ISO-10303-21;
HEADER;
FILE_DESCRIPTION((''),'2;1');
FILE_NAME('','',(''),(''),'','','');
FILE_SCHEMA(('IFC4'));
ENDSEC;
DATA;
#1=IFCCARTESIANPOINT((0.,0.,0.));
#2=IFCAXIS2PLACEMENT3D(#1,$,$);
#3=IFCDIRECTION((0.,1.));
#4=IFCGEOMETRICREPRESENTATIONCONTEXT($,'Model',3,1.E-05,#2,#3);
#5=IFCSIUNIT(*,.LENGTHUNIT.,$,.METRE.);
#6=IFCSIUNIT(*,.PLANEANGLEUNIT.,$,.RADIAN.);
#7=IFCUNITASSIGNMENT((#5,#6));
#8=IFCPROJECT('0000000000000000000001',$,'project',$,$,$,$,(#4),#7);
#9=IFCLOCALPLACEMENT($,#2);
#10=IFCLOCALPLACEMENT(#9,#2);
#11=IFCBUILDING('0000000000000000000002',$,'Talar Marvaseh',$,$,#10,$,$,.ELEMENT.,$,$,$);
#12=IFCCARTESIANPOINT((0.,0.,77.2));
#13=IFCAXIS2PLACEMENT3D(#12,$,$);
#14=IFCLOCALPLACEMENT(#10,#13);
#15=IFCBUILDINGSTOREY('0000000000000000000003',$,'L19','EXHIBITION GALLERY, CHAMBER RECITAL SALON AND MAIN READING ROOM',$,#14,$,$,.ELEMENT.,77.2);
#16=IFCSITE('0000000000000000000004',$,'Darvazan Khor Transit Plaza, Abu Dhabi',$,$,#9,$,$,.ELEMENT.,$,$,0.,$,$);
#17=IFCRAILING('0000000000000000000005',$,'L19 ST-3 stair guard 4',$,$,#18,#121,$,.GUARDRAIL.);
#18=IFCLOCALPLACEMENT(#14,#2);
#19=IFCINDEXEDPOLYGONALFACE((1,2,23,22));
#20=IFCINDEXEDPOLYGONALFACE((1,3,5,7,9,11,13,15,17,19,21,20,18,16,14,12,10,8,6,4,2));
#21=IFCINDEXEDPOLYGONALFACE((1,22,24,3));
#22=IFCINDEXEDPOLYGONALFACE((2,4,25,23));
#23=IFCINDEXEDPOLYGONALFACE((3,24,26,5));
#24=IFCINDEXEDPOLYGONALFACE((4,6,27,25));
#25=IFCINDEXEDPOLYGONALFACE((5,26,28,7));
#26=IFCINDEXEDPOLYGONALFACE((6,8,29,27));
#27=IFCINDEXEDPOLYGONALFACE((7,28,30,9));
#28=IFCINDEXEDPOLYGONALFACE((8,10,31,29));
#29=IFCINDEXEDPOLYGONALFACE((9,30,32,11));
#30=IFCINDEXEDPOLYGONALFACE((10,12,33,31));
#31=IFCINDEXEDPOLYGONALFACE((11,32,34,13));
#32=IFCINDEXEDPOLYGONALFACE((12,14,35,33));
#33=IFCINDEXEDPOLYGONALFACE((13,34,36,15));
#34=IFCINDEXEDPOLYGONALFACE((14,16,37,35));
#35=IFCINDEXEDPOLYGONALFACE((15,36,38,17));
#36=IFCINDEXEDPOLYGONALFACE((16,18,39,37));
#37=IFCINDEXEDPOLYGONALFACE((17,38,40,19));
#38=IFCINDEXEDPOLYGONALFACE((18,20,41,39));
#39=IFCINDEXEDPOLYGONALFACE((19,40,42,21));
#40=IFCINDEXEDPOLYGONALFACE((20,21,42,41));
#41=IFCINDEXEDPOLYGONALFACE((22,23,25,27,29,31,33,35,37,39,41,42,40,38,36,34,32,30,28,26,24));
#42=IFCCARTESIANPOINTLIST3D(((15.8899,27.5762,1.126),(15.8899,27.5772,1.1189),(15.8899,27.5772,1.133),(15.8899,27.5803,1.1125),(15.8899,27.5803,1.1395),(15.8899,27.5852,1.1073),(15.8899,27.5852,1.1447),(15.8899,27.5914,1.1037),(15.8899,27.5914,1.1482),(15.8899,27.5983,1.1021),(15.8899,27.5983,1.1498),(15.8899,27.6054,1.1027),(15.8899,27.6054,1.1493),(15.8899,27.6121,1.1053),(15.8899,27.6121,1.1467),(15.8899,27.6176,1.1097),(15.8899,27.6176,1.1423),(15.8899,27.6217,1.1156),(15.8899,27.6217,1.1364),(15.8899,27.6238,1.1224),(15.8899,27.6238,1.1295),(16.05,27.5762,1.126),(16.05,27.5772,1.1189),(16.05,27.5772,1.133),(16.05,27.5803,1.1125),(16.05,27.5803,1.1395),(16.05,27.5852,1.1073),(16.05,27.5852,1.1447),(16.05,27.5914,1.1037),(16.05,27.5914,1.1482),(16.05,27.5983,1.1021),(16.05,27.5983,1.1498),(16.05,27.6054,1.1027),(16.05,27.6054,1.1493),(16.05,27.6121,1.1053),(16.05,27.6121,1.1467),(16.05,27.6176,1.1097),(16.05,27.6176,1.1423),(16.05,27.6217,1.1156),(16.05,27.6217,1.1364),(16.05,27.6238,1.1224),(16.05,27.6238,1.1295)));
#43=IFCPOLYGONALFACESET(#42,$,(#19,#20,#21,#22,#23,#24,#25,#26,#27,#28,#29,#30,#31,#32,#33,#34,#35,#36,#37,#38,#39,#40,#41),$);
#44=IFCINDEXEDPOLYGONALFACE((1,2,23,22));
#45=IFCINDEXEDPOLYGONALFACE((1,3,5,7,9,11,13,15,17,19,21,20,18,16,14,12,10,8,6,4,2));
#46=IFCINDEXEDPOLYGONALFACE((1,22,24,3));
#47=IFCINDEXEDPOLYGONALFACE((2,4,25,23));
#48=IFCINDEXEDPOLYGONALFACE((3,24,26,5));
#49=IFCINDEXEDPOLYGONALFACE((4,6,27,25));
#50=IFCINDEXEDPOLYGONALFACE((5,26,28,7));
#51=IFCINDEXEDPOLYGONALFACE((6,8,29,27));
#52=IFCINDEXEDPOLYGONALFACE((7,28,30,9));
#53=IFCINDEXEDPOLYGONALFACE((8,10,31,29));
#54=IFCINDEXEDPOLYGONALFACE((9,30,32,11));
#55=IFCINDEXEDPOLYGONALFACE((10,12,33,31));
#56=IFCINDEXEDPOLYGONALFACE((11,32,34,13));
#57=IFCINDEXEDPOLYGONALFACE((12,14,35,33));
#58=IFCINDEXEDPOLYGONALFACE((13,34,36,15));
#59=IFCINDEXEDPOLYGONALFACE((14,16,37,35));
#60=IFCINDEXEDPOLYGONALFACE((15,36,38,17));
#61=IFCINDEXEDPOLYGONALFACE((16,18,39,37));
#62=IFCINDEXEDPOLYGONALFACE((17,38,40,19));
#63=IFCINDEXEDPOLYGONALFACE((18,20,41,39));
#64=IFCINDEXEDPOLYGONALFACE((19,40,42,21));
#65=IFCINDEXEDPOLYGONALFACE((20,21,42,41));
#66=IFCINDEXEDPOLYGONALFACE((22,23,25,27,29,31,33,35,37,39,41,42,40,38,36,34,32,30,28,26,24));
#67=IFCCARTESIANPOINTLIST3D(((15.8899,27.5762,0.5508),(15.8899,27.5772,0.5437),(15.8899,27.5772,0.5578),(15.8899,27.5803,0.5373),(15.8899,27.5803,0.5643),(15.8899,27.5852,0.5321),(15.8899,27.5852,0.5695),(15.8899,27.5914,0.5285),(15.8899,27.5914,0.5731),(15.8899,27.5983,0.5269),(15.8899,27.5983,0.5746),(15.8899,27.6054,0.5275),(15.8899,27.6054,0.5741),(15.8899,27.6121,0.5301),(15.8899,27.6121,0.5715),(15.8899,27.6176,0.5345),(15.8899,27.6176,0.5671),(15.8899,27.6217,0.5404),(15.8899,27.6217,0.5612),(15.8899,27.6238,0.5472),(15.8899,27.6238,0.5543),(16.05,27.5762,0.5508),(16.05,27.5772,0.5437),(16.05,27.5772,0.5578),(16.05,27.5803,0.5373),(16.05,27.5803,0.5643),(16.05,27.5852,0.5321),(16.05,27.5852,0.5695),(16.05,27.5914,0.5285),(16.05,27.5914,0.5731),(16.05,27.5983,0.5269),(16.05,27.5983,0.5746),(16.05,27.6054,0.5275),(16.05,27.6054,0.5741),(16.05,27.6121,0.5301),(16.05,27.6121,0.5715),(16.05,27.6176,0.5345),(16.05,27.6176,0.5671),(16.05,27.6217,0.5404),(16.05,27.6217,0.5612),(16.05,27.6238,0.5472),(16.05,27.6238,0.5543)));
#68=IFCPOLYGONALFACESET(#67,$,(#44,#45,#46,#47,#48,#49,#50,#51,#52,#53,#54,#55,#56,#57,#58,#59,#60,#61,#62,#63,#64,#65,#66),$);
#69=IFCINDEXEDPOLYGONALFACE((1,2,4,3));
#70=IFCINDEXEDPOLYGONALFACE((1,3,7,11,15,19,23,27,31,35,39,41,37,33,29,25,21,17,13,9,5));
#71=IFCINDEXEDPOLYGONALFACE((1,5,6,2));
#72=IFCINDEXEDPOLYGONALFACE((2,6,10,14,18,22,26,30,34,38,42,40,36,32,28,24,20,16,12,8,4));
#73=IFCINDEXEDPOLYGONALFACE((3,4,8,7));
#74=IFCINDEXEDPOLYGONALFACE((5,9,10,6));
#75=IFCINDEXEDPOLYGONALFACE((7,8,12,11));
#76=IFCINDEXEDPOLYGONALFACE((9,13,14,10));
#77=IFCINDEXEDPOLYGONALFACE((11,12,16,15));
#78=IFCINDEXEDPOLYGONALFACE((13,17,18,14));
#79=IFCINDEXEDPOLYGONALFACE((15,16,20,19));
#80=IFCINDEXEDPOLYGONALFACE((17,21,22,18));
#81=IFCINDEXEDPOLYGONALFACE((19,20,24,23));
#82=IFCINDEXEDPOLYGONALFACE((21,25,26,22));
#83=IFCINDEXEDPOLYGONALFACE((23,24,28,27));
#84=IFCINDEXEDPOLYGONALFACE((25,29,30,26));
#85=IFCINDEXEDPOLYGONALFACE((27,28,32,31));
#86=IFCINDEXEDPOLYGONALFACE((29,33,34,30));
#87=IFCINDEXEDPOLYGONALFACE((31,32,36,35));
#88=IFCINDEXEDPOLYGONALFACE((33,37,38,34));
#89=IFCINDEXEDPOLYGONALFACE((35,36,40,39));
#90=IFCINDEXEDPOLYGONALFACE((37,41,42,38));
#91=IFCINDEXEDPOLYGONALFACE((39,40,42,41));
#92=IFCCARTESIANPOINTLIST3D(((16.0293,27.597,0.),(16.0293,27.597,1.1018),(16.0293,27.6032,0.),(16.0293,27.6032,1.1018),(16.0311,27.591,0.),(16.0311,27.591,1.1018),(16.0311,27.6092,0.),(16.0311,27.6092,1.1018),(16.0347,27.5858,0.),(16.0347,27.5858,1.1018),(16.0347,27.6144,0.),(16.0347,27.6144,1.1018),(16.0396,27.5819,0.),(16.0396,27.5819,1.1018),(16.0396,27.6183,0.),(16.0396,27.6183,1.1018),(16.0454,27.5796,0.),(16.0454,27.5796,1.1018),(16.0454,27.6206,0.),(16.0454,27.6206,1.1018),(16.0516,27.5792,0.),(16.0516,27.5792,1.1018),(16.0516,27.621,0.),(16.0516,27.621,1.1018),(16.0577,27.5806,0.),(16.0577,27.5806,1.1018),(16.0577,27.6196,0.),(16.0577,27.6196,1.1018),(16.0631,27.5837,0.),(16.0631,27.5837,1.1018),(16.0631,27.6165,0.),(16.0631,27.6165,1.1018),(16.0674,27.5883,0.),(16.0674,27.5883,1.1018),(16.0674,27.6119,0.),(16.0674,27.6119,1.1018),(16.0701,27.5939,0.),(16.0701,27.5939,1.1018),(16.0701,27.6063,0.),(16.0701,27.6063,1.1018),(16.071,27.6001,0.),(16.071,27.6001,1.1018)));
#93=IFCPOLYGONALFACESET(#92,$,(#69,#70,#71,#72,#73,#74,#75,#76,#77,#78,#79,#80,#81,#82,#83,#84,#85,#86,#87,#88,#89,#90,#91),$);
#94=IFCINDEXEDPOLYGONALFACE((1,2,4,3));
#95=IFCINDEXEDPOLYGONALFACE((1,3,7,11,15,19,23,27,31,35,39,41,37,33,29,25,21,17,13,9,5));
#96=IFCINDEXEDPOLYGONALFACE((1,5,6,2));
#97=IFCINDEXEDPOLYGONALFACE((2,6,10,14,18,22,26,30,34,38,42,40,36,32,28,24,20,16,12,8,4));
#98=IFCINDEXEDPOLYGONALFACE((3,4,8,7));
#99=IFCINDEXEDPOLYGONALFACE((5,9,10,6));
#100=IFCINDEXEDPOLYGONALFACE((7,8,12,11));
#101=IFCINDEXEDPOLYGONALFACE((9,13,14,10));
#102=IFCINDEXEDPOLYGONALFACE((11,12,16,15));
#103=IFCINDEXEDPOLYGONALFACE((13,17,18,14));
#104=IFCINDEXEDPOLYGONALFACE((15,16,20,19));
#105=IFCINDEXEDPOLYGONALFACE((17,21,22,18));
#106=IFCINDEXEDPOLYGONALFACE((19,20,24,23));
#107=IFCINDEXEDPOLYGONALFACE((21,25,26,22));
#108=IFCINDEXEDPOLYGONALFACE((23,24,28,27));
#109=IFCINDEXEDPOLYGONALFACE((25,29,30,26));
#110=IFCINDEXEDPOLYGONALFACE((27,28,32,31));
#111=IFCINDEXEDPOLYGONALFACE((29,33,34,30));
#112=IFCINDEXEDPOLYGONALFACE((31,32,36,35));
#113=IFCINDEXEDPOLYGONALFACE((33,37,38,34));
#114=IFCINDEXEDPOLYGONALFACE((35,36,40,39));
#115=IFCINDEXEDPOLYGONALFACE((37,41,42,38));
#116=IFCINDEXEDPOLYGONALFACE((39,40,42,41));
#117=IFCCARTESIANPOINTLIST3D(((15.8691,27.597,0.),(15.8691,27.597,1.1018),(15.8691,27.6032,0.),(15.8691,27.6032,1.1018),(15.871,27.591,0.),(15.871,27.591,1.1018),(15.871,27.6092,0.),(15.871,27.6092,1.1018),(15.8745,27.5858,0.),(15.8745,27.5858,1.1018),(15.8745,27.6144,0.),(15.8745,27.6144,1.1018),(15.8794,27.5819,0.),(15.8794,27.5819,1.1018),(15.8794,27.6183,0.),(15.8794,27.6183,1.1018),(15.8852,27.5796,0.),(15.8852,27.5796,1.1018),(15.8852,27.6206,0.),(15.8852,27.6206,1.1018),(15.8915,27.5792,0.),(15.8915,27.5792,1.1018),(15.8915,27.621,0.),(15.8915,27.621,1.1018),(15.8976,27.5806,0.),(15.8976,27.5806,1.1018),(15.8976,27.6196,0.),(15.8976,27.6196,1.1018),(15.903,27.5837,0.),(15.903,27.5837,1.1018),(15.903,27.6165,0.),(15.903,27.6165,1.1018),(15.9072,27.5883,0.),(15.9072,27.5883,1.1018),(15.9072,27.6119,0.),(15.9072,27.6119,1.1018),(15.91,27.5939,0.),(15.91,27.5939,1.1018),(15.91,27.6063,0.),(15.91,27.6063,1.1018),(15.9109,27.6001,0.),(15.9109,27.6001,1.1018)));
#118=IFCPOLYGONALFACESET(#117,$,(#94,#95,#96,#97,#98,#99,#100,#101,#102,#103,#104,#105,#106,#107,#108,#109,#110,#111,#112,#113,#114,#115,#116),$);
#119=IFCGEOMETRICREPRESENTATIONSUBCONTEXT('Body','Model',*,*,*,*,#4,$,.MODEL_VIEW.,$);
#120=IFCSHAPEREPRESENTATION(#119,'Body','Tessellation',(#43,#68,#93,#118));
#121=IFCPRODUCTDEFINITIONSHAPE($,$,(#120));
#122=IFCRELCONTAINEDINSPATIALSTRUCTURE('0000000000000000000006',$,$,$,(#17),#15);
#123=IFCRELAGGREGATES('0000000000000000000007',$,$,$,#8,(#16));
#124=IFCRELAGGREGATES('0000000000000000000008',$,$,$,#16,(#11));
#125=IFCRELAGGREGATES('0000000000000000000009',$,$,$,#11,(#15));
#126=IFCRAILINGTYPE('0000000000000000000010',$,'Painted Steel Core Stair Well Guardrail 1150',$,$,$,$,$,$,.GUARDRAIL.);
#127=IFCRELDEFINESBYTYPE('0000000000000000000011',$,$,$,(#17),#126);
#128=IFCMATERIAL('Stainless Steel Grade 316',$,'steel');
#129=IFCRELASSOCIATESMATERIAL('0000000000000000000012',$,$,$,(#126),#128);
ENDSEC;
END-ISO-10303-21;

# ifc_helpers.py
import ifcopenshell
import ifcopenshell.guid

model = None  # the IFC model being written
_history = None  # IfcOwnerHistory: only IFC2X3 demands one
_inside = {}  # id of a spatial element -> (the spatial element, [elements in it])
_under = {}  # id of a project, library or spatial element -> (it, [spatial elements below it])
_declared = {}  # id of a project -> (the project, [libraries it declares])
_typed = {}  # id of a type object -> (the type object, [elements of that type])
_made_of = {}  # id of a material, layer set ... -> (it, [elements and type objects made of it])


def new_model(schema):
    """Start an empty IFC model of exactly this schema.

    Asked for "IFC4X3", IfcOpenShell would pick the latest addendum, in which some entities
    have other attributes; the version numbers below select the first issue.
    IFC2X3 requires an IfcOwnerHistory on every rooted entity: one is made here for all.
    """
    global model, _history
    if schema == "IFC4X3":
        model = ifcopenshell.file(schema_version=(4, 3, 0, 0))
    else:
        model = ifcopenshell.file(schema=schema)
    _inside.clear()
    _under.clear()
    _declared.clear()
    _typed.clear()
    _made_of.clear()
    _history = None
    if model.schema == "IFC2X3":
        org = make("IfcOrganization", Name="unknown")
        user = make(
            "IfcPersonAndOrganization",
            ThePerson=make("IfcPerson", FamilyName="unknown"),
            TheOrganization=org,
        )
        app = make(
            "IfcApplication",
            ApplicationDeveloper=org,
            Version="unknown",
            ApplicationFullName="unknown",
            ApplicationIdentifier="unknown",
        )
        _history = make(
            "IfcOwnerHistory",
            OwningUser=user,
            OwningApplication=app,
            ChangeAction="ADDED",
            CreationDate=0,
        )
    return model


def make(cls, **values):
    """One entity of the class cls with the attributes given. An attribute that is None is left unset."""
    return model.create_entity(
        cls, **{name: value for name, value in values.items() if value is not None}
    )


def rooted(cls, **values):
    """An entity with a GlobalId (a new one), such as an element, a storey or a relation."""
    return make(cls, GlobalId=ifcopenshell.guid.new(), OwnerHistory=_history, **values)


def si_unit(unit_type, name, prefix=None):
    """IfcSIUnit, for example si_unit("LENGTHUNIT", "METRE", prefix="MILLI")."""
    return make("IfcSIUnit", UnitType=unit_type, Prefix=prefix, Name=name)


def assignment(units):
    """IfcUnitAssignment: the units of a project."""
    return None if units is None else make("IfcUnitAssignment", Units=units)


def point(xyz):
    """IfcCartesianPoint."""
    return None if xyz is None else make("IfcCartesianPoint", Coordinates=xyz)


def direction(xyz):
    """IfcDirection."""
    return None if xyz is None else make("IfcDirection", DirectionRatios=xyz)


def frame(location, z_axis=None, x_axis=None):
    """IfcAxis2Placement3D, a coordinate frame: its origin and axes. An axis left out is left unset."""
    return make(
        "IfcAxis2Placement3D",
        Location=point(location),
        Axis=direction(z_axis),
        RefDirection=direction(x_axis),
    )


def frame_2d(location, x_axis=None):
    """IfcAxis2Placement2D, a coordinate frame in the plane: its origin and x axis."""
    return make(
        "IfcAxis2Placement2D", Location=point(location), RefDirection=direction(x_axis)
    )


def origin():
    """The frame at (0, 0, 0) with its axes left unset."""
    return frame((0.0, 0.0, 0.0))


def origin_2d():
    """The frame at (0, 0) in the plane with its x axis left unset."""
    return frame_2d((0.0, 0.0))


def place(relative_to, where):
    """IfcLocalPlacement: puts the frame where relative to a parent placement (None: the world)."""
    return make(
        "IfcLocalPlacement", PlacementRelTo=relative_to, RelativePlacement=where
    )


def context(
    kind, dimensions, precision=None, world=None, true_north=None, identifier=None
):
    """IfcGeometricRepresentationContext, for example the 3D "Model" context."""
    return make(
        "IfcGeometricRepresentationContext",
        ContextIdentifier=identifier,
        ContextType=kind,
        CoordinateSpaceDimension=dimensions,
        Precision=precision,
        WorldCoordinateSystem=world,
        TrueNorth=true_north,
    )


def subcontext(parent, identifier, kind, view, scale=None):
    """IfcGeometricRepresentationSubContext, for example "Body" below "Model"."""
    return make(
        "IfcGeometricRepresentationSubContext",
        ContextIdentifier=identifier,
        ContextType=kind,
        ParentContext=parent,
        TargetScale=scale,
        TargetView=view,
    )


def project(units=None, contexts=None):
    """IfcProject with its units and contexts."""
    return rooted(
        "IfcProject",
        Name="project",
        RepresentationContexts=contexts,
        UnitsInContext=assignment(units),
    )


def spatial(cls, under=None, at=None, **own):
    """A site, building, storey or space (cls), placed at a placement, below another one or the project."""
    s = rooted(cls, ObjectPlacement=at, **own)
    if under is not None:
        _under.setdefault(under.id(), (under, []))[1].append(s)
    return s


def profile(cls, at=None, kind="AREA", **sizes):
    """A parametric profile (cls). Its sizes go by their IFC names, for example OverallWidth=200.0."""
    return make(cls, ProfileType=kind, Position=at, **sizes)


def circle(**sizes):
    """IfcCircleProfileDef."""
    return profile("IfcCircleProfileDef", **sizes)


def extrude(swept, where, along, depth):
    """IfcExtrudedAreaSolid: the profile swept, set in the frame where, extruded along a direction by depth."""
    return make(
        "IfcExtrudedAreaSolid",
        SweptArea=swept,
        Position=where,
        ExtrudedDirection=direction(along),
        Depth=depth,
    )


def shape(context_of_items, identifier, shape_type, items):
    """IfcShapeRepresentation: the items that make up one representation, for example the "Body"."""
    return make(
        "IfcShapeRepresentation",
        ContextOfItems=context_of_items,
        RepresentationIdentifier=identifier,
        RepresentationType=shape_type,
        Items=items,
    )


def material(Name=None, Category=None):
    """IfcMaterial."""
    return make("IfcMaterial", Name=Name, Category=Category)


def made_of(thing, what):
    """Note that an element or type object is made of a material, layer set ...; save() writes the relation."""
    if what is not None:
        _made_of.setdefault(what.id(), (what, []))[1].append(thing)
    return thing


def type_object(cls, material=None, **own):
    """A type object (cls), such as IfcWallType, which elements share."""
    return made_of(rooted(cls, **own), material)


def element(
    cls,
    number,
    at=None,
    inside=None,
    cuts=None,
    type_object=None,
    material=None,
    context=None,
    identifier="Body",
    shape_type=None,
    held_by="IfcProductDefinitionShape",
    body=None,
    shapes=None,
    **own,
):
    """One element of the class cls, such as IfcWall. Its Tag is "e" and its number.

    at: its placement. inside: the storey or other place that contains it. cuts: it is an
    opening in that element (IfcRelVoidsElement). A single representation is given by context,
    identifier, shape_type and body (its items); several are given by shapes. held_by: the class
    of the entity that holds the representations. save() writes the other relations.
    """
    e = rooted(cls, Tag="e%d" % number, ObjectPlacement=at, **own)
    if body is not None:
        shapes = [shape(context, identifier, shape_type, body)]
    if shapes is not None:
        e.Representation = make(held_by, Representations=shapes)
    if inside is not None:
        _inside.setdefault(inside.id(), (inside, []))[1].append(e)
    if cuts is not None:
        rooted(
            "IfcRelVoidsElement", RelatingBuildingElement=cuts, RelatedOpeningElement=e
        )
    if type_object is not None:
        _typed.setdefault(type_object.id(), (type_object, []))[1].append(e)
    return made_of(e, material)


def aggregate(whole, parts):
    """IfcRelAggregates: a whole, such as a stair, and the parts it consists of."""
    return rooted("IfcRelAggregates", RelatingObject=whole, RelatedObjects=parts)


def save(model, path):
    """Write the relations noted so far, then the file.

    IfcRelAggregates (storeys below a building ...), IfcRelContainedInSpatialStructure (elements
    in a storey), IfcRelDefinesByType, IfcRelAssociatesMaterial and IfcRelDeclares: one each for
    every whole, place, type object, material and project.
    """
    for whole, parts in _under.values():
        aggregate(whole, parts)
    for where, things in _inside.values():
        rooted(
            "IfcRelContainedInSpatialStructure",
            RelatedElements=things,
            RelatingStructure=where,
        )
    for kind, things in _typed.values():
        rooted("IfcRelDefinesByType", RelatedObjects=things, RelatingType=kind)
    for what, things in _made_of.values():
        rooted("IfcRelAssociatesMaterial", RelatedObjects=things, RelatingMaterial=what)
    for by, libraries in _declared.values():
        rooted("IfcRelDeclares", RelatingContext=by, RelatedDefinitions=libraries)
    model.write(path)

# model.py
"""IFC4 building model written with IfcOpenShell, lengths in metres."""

from ifc_helpers import new_model, si_unit, direction, frame, origin, origin_2d, place, context, subcontext, project, spatial, circle, extrude, material, type_object, element, save


model = new_model("IFC4")

# Units and contexts
model_context = context("Model", 3, precision=1e-05, world=origin(), true_north=direction((0.0, 1.0)))
body_context = subcontext(model_context, "Body", "Model", "MODEL_VIEW")
ifc_project = project(units=[si_unit("LENGTHUNIT", "METRE"), si_unit("PLANEANGLEUNIT", "RADIAN")], contexts=[model_context])

# Site, building, storey
site_placement = place(None, origin())
site = spatial("IfcSite", under=ifc_project, at=site_placement, Name="Darvazan Khor Transit Plaza, Abu Dhabi", CompositionType="ELEMENT", RefElevation=0.0)
building_placement = place(site_placement, origin())
building = spatial("IfcBuilding", under=site, at=building_placement, Name="Talar Marvaseh", CompositionType="ELEMENT")
storey_placement = place(building_placement, frame((0.0, 0.0, 77.2)))
storey = spatial("IfcBuildingStorey", under=building, at=storey_placement, Name="L19", Description="EXHIBITION GALLERY, CHAMBER RECITAL SALON AND MAIN READING ROOM", CompositionType="ELEMENT", Elevation=77.2)

# Railing
ifc_material_1 = material(Name="Stainless Steel Grade 316", Category="steel")
railing_type_1 = type_object("IfcRailingType", Name="Painted Steel Core Stair Well Guardrail 1150", PredefinedType="GUARDRAIL", material=ifc_material_1)
railing_1_placement = place(storey_placement, frame((16.05, 27.6001, 0.0)))
element("IfcRailing", 1, at=railing_1_placement, inside=storey, type_object=railing_type_1, Name="L19 ST-3 stair guard 4", PredefinedType="GUARDRAIL", context=body_context, shape_type="SweptSolid", body=[
    extrude(circle(Radius=0.0239, at=origin_2d()), frame((0.0, 0.0, 1.126), z_axis=(-1.0, 0.0, 0.0), x_axis=(0.0, -1.0, 0.0)), (0.0, 0.0, 1.0), 0.1602),
    extrude(circle(Radius=0.0239, at=origin_2d()), frame((0.0, 0.0, 0.5508), z_axis=(-1.0, 0.0, 0.0), x_axis=(0.0, -1.0, 0.0)), (0.0, 0.0, 1.0), 0.1602),
    extrude(circle(Radius=0.021, at=origin_2d()), origin(), (0.0, 0.0, 1.0), 1.1018),
    extrude(circle(Radius=0.021, at=origin_2d()), frame((-0.1602, 0.0, 0.0)), (0.0, 0.0, 1.0), 1.1018),
])

save(model, "model.ifc")
